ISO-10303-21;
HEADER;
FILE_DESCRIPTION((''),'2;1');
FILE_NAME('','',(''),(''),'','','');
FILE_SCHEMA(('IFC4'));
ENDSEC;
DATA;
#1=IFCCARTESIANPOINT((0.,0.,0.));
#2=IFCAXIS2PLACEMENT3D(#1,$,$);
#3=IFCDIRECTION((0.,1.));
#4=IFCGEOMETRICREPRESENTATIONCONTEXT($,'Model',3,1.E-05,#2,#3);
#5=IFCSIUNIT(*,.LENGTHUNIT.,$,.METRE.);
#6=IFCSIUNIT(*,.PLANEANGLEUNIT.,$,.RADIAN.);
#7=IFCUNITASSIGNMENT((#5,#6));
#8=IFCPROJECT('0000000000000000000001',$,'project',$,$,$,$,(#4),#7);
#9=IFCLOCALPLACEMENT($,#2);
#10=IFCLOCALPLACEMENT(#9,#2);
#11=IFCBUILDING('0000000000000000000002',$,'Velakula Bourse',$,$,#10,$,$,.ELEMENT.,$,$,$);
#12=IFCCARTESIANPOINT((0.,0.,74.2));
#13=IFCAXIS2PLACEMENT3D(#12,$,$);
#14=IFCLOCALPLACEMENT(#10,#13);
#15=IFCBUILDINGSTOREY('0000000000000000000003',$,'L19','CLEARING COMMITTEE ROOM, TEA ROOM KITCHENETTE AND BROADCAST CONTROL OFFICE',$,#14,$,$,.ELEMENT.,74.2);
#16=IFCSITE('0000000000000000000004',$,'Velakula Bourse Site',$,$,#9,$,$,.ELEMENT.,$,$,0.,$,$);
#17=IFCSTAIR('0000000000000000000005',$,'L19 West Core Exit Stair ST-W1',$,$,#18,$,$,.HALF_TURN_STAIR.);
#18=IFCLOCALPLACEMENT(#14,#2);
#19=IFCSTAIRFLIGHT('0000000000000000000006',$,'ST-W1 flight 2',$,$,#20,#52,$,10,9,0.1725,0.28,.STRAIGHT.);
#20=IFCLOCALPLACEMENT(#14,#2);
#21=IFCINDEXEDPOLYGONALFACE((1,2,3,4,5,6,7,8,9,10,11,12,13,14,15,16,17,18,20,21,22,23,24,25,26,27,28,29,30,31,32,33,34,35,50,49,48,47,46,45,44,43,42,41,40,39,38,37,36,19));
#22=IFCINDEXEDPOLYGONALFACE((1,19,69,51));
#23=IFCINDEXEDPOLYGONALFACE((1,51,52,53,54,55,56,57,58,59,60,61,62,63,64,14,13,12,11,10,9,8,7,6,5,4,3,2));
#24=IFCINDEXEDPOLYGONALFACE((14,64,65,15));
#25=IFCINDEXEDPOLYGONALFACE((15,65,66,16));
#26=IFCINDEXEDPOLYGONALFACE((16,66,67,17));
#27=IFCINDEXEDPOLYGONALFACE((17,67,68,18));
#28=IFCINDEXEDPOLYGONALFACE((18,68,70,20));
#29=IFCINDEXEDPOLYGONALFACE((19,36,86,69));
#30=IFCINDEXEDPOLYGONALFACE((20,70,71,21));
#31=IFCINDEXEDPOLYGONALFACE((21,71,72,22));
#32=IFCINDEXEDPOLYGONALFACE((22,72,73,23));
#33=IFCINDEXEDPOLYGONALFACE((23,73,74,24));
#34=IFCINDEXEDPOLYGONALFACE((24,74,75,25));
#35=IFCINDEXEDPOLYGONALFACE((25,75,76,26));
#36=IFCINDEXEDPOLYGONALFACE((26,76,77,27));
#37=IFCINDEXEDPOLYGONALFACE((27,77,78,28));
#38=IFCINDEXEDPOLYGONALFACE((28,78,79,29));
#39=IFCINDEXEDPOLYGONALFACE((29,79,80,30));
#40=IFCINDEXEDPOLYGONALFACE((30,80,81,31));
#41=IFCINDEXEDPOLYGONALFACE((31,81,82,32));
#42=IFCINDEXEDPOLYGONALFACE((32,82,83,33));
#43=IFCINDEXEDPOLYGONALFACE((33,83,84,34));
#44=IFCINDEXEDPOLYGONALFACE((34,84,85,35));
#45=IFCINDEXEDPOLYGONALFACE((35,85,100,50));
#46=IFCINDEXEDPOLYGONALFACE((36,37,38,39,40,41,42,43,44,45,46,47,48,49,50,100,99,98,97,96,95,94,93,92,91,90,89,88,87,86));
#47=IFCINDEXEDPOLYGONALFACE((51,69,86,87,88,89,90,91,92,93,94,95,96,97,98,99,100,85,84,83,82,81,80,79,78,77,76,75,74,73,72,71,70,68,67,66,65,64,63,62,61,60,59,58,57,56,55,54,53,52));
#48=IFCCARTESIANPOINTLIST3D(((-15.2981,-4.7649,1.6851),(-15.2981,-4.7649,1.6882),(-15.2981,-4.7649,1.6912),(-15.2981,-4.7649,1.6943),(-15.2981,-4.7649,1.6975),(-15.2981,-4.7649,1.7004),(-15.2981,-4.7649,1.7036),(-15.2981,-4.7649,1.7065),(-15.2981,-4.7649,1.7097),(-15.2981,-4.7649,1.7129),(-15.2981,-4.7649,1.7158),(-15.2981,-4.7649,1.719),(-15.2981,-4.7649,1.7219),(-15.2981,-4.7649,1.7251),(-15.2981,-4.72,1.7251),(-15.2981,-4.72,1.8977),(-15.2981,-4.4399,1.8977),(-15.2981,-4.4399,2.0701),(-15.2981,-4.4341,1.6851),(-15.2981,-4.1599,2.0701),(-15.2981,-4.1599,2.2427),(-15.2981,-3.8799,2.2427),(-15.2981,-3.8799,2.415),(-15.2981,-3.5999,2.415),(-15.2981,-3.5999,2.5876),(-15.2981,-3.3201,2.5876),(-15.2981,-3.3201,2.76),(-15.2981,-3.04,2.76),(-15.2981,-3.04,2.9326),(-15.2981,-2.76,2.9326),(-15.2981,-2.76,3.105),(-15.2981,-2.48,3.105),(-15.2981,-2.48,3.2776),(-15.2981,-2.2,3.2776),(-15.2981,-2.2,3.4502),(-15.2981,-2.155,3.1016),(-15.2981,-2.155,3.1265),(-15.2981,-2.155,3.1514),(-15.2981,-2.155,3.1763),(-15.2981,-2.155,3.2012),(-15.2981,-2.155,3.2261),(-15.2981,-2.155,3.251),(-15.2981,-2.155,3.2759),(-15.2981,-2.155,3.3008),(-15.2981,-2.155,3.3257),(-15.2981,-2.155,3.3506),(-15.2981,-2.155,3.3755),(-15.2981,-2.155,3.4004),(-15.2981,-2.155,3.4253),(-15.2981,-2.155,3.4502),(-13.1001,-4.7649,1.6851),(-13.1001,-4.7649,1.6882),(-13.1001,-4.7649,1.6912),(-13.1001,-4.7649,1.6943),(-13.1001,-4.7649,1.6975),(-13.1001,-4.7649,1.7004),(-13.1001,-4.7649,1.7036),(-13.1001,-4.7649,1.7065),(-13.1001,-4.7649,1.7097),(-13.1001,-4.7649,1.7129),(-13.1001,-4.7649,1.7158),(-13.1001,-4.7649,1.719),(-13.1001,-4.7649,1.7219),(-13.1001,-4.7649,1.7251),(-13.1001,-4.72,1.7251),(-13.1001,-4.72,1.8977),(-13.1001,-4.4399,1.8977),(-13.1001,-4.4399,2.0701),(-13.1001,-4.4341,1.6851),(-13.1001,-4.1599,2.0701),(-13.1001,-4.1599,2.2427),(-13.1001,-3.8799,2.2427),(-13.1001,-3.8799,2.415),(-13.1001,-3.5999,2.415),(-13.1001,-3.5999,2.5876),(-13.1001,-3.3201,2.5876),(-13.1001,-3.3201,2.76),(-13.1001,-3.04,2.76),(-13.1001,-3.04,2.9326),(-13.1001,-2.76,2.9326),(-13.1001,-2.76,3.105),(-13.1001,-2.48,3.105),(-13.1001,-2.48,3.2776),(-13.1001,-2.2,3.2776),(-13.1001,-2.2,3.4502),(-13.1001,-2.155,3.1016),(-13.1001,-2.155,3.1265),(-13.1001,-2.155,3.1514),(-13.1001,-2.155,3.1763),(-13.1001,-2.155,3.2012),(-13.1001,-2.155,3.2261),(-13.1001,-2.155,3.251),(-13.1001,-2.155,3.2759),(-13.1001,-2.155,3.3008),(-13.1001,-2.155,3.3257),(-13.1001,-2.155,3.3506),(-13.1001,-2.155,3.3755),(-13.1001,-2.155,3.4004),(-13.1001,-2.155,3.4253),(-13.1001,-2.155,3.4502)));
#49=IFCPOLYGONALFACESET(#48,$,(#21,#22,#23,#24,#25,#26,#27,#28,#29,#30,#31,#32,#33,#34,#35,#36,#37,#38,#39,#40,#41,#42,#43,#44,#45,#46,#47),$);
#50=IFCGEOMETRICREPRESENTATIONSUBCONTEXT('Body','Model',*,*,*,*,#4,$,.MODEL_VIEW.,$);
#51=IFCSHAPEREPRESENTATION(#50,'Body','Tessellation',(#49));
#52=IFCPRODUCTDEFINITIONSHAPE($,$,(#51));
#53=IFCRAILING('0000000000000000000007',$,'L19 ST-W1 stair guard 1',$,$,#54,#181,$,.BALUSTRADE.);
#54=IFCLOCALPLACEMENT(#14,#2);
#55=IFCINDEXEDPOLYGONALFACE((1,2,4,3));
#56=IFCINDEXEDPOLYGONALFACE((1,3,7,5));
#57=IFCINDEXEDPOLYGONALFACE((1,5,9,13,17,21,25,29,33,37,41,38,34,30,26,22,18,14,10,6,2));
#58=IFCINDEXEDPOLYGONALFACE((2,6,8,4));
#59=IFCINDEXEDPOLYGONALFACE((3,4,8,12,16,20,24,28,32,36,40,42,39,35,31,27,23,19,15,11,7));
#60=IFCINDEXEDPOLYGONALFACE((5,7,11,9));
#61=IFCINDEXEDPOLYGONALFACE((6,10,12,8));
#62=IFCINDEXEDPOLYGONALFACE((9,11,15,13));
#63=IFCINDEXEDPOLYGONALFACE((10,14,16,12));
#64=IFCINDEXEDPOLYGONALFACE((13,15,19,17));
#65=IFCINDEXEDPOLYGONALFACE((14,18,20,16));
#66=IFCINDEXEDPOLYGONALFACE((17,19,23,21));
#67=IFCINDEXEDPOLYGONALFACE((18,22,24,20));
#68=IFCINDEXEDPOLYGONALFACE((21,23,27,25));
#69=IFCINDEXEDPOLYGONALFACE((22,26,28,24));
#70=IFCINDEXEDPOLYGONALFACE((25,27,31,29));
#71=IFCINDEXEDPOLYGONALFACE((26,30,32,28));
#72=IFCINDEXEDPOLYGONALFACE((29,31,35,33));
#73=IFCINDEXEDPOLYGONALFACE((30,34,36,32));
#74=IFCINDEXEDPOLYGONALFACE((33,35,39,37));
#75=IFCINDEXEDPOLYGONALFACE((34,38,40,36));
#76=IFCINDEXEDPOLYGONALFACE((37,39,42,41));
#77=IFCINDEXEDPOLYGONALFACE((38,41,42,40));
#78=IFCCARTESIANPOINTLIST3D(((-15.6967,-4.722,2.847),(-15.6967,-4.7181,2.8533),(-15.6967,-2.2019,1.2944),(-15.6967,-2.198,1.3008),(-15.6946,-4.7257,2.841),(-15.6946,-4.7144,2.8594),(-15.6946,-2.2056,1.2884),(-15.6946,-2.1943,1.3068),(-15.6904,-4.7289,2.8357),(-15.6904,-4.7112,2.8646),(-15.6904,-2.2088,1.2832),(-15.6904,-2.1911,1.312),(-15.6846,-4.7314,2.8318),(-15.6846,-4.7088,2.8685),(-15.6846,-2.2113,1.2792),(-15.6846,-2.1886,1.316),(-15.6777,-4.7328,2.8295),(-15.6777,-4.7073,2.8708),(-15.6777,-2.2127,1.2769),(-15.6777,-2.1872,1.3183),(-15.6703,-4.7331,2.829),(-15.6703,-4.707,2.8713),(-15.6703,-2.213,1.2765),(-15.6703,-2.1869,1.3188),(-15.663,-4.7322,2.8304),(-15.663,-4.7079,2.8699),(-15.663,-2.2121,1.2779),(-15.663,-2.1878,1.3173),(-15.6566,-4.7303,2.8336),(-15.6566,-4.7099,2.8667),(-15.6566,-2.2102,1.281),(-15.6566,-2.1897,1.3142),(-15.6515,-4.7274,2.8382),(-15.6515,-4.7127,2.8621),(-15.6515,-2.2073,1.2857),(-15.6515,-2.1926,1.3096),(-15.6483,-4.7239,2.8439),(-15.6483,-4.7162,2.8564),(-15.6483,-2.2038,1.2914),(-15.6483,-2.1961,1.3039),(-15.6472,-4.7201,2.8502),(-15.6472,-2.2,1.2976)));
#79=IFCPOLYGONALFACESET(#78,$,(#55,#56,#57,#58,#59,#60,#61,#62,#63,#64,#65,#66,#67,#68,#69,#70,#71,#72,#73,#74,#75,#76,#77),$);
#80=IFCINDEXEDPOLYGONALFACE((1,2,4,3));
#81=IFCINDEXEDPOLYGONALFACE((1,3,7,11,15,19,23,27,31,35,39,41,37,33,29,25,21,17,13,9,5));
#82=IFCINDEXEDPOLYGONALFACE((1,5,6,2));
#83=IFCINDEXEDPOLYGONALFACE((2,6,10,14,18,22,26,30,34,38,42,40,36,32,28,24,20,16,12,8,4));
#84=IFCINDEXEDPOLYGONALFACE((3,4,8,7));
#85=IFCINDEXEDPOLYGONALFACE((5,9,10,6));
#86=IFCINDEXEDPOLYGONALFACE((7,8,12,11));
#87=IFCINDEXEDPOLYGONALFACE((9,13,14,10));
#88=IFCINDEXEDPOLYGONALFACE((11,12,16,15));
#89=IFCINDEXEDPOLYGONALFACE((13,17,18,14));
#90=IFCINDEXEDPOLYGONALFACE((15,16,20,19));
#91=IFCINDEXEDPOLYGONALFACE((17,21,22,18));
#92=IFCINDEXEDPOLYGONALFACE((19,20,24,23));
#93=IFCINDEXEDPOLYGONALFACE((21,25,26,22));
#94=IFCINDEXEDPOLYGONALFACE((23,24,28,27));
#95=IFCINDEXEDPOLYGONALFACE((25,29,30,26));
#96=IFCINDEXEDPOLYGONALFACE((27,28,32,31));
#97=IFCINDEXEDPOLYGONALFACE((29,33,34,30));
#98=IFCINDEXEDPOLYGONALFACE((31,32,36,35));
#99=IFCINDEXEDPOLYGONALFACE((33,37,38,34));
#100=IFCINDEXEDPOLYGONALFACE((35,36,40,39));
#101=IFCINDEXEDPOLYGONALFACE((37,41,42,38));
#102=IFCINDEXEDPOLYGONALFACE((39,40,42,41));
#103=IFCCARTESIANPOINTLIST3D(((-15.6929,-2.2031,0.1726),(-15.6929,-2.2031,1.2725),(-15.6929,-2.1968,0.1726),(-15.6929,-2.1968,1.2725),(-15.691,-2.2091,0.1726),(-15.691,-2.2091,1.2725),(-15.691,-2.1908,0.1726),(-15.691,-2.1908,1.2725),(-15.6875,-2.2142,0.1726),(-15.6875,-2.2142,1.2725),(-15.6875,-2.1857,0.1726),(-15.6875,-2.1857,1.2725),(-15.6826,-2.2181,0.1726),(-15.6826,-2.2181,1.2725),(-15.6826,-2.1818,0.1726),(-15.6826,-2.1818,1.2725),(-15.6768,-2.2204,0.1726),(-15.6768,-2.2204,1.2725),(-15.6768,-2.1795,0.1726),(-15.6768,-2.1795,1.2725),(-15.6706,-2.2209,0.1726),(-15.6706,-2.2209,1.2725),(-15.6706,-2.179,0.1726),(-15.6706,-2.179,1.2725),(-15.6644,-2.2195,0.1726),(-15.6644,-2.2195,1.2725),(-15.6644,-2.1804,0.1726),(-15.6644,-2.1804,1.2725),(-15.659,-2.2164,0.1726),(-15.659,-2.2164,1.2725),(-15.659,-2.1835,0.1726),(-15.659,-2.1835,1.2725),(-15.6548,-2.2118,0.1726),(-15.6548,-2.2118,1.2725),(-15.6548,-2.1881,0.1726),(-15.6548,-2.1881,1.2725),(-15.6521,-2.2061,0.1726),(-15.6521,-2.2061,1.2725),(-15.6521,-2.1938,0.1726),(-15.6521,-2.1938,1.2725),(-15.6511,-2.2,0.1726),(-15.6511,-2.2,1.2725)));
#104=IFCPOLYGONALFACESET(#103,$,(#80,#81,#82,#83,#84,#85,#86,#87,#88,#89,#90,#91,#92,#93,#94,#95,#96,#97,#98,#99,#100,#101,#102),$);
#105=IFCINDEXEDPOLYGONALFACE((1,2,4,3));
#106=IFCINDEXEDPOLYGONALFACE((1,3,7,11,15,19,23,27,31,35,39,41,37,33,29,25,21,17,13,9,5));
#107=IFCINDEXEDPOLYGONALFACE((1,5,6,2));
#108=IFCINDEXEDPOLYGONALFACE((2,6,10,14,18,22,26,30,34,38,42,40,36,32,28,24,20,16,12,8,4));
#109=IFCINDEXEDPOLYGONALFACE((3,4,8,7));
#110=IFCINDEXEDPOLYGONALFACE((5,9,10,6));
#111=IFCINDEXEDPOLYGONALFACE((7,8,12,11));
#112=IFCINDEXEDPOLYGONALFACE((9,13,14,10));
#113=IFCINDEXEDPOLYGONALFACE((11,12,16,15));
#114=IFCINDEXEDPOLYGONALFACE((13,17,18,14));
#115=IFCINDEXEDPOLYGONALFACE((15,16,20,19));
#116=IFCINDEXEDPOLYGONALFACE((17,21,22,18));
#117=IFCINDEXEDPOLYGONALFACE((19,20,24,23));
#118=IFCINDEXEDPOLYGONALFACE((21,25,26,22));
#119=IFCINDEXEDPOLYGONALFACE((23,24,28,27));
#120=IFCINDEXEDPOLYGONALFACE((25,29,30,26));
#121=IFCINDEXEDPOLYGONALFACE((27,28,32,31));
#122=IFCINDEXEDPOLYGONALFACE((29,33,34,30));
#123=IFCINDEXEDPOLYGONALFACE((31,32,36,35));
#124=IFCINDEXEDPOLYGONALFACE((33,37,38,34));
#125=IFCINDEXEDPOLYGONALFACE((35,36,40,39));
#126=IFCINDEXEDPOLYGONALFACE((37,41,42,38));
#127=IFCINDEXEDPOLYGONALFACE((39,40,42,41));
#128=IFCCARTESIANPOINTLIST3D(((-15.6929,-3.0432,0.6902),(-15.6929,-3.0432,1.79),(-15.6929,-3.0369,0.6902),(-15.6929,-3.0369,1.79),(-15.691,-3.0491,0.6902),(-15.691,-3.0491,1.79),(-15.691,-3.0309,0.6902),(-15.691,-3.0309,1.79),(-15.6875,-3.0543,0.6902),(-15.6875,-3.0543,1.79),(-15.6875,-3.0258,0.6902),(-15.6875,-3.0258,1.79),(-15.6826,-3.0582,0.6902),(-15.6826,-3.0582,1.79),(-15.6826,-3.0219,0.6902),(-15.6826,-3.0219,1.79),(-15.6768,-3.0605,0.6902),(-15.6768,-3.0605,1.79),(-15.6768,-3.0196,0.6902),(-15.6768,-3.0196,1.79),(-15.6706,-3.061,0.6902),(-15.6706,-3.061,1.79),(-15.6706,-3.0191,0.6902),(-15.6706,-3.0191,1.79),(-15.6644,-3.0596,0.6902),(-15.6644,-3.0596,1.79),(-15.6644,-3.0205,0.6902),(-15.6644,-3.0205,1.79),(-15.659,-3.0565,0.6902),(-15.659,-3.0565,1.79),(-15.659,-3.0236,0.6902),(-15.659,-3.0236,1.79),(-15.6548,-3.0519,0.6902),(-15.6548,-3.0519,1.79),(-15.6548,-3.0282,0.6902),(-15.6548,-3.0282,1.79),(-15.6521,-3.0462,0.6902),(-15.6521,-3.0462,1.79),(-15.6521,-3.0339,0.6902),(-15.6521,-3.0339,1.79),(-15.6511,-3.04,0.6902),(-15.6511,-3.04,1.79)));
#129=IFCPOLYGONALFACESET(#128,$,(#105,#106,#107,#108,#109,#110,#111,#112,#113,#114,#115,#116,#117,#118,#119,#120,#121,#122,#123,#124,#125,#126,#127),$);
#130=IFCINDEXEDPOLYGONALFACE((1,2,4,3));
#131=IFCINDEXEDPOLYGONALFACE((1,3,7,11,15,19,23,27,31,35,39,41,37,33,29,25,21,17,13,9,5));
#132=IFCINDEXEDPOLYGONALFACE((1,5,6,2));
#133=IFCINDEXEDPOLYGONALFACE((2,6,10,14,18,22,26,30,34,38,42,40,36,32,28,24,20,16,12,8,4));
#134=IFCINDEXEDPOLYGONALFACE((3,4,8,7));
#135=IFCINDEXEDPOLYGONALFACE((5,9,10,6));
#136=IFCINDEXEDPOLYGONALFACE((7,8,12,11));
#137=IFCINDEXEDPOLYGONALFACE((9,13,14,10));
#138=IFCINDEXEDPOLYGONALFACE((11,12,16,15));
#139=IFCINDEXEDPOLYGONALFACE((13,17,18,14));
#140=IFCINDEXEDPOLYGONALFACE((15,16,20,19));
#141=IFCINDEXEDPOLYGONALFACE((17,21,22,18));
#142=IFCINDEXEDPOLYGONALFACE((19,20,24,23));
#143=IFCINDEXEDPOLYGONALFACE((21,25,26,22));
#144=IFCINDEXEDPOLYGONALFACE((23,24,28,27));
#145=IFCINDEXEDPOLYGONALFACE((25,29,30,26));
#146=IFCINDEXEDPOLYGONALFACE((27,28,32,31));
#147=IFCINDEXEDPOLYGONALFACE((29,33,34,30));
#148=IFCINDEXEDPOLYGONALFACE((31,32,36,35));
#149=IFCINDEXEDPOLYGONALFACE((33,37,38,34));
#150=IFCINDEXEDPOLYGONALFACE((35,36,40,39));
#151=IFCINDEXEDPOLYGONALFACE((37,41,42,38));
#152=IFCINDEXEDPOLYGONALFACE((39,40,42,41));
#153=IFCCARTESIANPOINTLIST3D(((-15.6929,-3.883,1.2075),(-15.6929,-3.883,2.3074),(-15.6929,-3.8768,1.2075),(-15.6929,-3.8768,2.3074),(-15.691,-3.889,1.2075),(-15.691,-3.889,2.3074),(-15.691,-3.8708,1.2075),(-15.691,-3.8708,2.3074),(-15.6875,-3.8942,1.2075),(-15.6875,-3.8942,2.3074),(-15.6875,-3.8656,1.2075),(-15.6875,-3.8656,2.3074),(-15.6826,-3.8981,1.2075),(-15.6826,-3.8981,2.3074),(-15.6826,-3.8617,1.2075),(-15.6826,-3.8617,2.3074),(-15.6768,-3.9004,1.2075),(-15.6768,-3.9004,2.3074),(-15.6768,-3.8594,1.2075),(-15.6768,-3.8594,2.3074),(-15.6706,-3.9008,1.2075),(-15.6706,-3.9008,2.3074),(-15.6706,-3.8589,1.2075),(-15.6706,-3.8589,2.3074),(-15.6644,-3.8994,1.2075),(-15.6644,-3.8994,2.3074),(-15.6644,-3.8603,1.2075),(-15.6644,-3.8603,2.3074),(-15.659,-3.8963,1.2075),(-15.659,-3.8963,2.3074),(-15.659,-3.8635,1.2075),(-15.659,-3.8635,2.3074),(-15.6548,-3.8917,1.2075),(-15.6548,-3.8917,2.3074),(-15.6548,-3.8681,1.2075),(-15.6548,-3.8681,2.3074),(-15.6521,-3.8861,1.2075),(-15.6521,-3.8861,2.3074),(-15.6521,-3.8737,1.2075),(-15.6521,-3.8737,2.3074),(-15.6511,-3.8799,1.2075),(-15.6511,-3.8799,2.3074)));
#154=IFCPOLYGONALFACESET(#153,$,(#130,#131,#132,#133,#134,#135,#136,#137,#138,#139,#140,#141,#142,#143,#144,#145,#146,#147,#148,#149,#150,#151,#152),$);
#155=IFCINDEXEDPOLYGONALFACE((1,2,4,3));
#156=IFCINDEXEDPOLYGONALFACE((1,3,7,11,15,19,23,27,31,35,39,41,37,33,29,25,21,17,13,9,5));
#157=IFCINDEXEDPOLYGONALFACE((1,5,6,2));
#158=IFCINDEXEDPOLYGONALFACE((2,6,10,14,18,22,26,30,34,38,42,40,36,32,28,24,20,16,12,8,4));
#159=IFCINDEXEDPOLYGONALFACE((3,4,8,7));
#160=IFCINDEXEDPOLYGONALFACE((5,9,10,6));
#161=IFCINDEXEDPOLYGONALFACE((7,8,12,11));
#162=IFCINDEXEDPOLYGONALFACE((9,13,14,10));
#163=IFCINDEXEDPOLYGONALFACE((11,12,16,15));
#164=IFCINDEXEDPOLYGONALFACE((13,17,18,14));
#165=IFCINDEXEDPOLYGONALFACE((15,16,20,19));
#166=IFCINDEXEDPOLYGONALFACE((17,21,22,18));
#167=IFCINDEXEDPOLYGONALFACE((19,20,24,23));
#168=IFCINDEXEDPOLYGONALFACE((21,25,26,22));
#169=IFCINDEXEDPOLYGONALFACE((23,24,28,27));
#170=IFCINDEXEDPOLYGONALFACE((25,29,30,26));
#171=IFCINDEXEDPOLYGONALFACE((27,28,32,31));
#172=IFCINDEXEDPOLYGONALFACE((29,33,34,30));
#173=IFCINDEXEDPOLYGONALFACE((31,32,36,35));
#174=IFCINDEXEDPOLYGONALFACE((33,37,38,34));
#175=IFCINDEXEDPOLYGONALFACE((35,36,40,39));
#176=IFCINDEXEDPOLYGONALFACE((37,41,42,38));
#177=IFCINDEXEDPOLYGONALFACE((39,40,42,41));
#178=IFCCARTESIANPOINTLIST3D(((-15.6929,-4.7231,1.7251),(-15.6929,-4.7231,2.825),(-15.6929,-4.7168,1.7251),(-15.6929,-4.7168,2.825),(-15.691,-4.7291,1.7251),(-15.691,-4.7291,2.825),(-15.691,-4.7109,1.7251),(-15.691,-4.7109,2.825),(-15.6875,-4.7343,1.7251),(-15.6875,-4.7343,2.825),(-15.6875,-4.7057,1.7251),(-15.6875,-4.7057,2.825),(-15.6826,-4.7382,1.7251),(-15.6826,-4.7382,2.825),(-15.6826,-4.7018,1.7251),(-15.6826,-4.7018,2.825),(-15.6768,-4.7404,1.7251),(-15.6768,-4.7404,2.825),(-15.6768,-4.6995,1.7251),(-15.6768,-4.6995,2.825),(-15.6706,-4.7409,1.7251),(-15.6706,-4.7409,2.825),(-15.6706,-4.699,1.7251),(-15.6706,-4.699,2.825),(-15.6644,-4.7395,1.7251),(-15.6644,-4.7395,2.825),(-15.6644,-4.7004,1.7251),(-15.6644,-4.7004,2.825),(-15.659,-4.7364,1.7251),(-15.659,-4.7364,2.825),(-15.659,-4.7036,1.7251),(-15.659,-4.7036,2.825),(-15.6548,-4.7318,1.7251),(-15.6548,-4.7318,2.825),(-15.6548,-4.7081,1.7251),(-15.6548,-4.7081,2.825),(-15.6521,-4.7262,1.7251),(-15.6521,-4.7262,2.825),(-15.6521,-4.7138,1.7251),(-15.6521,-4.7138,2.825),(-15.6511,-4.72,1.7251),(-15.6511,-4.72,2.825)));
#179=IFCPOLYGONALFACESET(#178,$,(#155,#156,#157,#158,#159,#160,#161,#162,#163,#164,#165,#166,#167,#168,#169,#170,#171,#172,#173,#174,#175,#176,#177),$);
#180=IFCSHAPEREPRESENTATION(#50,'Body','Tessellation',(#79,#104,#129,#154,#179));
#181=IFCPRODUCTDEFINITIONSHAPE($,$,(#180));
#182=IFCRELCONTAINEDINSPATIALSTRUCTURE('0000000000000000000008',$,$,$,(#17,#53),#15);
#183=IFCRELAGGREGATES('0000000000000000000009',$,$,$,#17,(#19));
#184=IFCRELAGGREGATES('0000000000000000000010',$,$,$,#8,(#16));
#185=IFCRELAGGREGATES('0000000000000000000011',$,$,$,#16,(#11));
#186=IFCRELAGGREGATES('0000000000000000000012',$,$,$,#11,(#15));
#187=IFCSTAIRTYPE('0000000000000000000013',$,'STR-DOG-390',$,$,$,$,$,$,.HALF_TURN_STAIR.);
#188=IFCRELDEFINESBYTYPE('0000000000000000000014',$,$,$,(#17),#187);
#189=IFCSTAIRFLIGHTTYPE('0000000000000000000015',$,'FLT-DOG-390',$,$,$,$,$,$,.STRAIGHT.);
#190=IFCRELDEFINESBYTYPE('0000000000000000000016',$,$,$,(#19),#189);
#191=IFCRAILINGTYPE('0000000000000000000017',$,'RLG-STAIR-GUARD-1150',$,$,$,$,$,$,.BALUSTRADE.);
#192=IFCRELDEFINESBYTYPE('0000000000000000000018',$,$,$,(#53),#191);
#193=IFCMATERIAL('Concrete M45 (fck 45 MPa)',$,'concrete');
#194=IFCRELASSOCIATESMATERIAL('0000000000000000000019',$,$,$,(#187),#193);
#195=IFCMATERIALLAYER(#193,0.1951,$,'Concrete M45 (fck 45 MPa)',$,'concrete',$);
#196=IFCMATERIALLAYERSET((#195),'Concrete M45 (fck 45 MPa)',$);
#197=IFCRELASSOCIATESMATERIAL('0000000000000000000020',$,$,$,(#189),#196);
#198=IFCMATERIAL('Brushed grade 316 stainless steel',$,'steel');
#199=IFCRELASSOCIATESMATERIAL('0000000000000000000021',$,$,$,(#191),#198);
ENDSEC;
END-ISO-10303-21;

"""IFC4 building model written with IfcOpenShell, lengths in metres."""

from ifc_helpers import new_model, si_unit, direction, frame, origin, origin_2d, place, context, subcontext, project, spatial, polyline, circle, outline, extrude, material, layer, layer_set, type_object, element, aggregate, save


model = new_model("IFC4")

# Units and contexts
model_context = context("Model", 3, precision=1e-05, world=origin(), true_north=direction((0.0, 1.0)))
body_context = subcontext(model_context, "Body", "Model", "MODEL_VIEW")
ifc_project = project(units=[si_unit("LENGTHUNIT", "METRE"), si_unit("PLANEANGLEUNIT", "RADIAN")], contexts=[model_context])

# Site, building, storey
site_placement = place(None, origin())
site = spatial("IfcSite", under=ifc_project, at=site_placement, Name="Velakula Bourse Site", CompositionType="ELEMENT", RefElevation=0.0)
building_placement = place(site_placement, origin())
building = spatial("IfcBuilding", under=site, at=building_placement, Name="Velakula Bourse", CompositionType="ELEMENT")
storey_placement = place(building_placement, frame((0.0, 0.0, 74.2)))
storey = spatial("IfcBuildingStorey", under=building, at=storey_placement, Name="L19", Description="CLEARING COMMITTEE ROOM, TEA ROOM KITCHENETTE AND BROADCAST CONTROL OFFICE", CompositionType="ELEMENT", Elevation=74.2)

# Shared definitions
ifc_material_1 = material(Name="Brushed grade 316 stainless steel", Category="steel")

# Stair, stair flight
ifc_material_2 = material(Name="Concrete M45 (fck 45 MPa)", Category="concrete")
stair_type = type_object("IfcStairType", Name="STR-DOG-390", PredefinedType="HALF_TURN_STAIR", material=ifc_material_2)
stair_placement = place(storey_placement, origin())
stair = element("IfcStair", 1, at=stair_placement, inside=storey, type_object=stair_type, Name="L19 West Core Exit Stair ST-W1", PredefinedType="HALF_TURN_STAIR")
ifc_layer_1 = layer(ifc_material_2, 0.1951, Name="Concrete M45 (fck 45 MPa)", Category="concrete")
ifc_layer_set_1 = layer_set([ifc_layer_1], Name="Concrete M45 (fck 45 MPa)")
stair_flight_type = type_object("IfcStairFlightType", Name="FLT-DOG-390", PredefinedType="STRAIGHT", material=ifc_layer_set_1)
stair_flight_1_placement = place(storey_placement, frame((-14.199, -4.72, 1.7251), z_axis=(0.0, 0.0, 1.0), x_axis=(0.0, 1.0, 0.0)))
stair_flight_1 = element("IfcStairFlight", 2, at=stair_flight_1_placement, type_object=stair_flight_type, Name="ST-W1 flight 2", NumberOfRisers=10, NumberOfTreads=9, PredefinedType="STRAIGHT", RiserHeight=0.1725, TreadLength=0.28, context=body_context, shape_type="SweptSolid", body=[
    extrude(outline(polyline([(-0.0449, -0.04), (-0.0449, -0.0369), (-0.0449, -0.0339), (-0.0449, -0.0308), (-0.0449, -0.0276), (-0.0449, -0.0247), (-0.0449, -0.0215), (-0.0449, -0.0186), (-0.0449, -0.0154), (-0.0449, -0.0122), (-0.0449, -0.0093), (-0.0449, -0.0061), (-0.0449, -0.0032), (-0.0449, 0.0), (0.0, 0.0), (0.0, 0.1726), (0.28, 0.1726), (0.28, 0.345), (0.5601, 0.345), (0.5601, 0.5176), (0.8401, 0.5176), (0.8401, 0.6899), (1.1201, 0.6899), (1.1201, 0.8625), (1.3999, 0.8625), (1.3999, 1.0349), (1.6799, 1.0349), (1.6799, 1.2075), (1.96, 1.2075), (1.96, 1.3799), (2.24, 1.3799), (2.24, 1.5525), (2.52, 1.5525), (2.52, 1.7251), (2.5649, 1.7251), (2.5649, 1.7002), (2.5649, 1.6753), (2.5649, 1.6504), (2.5649, 1.6255), (2.5649, 1.6006), (2.5649, 1.5757), (2.5649, 1.5508), (2.5649, 1.5259), (2.5649, 1.501), (2.5649, 1.4761), (2.5649, 1.4512), (2.5649, 1.4263), (2.5649, 1.4014), (2.5649, 1.3765), (0.2859, -0.04), (-0.0449, -0.04)])), frame((0.0, 1.0991, 0.0), z_axis=(0.0, -1.0, 0.0), x_axis=(1.0, 0.0, 0.0)), (0.0, 0.0, 1.0), 2.198),
])
aggregate(stair, [stair_flight_1])

# Railing
railing_type_1 = type_object("IfcRailingType", Name="RLG-STAIR-GUARD-1150", PredefinedType="BALUSTRADE", material=ifc_material_1)
railing_1_placement = place(storey_placement, frame((-15.6721, -2.2, 0.1726)))
element("IfcRailing", 3, at=railing_1_placement, inside=storey, type_object=railing_type_1, Name="L19 ST-W1 stair guard 1", PredefinedType="BALUSTRADE", context=body_context, shape_type="SweptSolid", body=[
    extrude(circle(Radius=0.0249, at=origin_2d()), frame((0.0, 0.0, 1.125), z_axis=(0.0, -0.8514, 0.524516), x_axis=(1.0, 0.0, 0.0)), (0.0, 0.0, 1.0), 2.96),
    extrude(circle(Radius=0.021, at=origin_2d()), origin(), (0.0, 0.0, 1.0), 1.0999),
    extrude(circle(Radius=0.021, at=origin_2d()), frame((0.0, -0.8401, 0.5176)), (0.0, 0.0, 1.0), 1.0999),
    extrude(circle(Radius=0.021, at=origin_2d()), frame((0.0, -1.6799, 1.0349)), (0.0, 0.0, 1.0), 1.0999),
    extrude(circle(Radius=0.021, at=origin_2d()), frame((0.0, -2.52, 1.5525)), (0.0, 0.0, 1.0), 1.0999),
])

save(model, "model.ifc")
